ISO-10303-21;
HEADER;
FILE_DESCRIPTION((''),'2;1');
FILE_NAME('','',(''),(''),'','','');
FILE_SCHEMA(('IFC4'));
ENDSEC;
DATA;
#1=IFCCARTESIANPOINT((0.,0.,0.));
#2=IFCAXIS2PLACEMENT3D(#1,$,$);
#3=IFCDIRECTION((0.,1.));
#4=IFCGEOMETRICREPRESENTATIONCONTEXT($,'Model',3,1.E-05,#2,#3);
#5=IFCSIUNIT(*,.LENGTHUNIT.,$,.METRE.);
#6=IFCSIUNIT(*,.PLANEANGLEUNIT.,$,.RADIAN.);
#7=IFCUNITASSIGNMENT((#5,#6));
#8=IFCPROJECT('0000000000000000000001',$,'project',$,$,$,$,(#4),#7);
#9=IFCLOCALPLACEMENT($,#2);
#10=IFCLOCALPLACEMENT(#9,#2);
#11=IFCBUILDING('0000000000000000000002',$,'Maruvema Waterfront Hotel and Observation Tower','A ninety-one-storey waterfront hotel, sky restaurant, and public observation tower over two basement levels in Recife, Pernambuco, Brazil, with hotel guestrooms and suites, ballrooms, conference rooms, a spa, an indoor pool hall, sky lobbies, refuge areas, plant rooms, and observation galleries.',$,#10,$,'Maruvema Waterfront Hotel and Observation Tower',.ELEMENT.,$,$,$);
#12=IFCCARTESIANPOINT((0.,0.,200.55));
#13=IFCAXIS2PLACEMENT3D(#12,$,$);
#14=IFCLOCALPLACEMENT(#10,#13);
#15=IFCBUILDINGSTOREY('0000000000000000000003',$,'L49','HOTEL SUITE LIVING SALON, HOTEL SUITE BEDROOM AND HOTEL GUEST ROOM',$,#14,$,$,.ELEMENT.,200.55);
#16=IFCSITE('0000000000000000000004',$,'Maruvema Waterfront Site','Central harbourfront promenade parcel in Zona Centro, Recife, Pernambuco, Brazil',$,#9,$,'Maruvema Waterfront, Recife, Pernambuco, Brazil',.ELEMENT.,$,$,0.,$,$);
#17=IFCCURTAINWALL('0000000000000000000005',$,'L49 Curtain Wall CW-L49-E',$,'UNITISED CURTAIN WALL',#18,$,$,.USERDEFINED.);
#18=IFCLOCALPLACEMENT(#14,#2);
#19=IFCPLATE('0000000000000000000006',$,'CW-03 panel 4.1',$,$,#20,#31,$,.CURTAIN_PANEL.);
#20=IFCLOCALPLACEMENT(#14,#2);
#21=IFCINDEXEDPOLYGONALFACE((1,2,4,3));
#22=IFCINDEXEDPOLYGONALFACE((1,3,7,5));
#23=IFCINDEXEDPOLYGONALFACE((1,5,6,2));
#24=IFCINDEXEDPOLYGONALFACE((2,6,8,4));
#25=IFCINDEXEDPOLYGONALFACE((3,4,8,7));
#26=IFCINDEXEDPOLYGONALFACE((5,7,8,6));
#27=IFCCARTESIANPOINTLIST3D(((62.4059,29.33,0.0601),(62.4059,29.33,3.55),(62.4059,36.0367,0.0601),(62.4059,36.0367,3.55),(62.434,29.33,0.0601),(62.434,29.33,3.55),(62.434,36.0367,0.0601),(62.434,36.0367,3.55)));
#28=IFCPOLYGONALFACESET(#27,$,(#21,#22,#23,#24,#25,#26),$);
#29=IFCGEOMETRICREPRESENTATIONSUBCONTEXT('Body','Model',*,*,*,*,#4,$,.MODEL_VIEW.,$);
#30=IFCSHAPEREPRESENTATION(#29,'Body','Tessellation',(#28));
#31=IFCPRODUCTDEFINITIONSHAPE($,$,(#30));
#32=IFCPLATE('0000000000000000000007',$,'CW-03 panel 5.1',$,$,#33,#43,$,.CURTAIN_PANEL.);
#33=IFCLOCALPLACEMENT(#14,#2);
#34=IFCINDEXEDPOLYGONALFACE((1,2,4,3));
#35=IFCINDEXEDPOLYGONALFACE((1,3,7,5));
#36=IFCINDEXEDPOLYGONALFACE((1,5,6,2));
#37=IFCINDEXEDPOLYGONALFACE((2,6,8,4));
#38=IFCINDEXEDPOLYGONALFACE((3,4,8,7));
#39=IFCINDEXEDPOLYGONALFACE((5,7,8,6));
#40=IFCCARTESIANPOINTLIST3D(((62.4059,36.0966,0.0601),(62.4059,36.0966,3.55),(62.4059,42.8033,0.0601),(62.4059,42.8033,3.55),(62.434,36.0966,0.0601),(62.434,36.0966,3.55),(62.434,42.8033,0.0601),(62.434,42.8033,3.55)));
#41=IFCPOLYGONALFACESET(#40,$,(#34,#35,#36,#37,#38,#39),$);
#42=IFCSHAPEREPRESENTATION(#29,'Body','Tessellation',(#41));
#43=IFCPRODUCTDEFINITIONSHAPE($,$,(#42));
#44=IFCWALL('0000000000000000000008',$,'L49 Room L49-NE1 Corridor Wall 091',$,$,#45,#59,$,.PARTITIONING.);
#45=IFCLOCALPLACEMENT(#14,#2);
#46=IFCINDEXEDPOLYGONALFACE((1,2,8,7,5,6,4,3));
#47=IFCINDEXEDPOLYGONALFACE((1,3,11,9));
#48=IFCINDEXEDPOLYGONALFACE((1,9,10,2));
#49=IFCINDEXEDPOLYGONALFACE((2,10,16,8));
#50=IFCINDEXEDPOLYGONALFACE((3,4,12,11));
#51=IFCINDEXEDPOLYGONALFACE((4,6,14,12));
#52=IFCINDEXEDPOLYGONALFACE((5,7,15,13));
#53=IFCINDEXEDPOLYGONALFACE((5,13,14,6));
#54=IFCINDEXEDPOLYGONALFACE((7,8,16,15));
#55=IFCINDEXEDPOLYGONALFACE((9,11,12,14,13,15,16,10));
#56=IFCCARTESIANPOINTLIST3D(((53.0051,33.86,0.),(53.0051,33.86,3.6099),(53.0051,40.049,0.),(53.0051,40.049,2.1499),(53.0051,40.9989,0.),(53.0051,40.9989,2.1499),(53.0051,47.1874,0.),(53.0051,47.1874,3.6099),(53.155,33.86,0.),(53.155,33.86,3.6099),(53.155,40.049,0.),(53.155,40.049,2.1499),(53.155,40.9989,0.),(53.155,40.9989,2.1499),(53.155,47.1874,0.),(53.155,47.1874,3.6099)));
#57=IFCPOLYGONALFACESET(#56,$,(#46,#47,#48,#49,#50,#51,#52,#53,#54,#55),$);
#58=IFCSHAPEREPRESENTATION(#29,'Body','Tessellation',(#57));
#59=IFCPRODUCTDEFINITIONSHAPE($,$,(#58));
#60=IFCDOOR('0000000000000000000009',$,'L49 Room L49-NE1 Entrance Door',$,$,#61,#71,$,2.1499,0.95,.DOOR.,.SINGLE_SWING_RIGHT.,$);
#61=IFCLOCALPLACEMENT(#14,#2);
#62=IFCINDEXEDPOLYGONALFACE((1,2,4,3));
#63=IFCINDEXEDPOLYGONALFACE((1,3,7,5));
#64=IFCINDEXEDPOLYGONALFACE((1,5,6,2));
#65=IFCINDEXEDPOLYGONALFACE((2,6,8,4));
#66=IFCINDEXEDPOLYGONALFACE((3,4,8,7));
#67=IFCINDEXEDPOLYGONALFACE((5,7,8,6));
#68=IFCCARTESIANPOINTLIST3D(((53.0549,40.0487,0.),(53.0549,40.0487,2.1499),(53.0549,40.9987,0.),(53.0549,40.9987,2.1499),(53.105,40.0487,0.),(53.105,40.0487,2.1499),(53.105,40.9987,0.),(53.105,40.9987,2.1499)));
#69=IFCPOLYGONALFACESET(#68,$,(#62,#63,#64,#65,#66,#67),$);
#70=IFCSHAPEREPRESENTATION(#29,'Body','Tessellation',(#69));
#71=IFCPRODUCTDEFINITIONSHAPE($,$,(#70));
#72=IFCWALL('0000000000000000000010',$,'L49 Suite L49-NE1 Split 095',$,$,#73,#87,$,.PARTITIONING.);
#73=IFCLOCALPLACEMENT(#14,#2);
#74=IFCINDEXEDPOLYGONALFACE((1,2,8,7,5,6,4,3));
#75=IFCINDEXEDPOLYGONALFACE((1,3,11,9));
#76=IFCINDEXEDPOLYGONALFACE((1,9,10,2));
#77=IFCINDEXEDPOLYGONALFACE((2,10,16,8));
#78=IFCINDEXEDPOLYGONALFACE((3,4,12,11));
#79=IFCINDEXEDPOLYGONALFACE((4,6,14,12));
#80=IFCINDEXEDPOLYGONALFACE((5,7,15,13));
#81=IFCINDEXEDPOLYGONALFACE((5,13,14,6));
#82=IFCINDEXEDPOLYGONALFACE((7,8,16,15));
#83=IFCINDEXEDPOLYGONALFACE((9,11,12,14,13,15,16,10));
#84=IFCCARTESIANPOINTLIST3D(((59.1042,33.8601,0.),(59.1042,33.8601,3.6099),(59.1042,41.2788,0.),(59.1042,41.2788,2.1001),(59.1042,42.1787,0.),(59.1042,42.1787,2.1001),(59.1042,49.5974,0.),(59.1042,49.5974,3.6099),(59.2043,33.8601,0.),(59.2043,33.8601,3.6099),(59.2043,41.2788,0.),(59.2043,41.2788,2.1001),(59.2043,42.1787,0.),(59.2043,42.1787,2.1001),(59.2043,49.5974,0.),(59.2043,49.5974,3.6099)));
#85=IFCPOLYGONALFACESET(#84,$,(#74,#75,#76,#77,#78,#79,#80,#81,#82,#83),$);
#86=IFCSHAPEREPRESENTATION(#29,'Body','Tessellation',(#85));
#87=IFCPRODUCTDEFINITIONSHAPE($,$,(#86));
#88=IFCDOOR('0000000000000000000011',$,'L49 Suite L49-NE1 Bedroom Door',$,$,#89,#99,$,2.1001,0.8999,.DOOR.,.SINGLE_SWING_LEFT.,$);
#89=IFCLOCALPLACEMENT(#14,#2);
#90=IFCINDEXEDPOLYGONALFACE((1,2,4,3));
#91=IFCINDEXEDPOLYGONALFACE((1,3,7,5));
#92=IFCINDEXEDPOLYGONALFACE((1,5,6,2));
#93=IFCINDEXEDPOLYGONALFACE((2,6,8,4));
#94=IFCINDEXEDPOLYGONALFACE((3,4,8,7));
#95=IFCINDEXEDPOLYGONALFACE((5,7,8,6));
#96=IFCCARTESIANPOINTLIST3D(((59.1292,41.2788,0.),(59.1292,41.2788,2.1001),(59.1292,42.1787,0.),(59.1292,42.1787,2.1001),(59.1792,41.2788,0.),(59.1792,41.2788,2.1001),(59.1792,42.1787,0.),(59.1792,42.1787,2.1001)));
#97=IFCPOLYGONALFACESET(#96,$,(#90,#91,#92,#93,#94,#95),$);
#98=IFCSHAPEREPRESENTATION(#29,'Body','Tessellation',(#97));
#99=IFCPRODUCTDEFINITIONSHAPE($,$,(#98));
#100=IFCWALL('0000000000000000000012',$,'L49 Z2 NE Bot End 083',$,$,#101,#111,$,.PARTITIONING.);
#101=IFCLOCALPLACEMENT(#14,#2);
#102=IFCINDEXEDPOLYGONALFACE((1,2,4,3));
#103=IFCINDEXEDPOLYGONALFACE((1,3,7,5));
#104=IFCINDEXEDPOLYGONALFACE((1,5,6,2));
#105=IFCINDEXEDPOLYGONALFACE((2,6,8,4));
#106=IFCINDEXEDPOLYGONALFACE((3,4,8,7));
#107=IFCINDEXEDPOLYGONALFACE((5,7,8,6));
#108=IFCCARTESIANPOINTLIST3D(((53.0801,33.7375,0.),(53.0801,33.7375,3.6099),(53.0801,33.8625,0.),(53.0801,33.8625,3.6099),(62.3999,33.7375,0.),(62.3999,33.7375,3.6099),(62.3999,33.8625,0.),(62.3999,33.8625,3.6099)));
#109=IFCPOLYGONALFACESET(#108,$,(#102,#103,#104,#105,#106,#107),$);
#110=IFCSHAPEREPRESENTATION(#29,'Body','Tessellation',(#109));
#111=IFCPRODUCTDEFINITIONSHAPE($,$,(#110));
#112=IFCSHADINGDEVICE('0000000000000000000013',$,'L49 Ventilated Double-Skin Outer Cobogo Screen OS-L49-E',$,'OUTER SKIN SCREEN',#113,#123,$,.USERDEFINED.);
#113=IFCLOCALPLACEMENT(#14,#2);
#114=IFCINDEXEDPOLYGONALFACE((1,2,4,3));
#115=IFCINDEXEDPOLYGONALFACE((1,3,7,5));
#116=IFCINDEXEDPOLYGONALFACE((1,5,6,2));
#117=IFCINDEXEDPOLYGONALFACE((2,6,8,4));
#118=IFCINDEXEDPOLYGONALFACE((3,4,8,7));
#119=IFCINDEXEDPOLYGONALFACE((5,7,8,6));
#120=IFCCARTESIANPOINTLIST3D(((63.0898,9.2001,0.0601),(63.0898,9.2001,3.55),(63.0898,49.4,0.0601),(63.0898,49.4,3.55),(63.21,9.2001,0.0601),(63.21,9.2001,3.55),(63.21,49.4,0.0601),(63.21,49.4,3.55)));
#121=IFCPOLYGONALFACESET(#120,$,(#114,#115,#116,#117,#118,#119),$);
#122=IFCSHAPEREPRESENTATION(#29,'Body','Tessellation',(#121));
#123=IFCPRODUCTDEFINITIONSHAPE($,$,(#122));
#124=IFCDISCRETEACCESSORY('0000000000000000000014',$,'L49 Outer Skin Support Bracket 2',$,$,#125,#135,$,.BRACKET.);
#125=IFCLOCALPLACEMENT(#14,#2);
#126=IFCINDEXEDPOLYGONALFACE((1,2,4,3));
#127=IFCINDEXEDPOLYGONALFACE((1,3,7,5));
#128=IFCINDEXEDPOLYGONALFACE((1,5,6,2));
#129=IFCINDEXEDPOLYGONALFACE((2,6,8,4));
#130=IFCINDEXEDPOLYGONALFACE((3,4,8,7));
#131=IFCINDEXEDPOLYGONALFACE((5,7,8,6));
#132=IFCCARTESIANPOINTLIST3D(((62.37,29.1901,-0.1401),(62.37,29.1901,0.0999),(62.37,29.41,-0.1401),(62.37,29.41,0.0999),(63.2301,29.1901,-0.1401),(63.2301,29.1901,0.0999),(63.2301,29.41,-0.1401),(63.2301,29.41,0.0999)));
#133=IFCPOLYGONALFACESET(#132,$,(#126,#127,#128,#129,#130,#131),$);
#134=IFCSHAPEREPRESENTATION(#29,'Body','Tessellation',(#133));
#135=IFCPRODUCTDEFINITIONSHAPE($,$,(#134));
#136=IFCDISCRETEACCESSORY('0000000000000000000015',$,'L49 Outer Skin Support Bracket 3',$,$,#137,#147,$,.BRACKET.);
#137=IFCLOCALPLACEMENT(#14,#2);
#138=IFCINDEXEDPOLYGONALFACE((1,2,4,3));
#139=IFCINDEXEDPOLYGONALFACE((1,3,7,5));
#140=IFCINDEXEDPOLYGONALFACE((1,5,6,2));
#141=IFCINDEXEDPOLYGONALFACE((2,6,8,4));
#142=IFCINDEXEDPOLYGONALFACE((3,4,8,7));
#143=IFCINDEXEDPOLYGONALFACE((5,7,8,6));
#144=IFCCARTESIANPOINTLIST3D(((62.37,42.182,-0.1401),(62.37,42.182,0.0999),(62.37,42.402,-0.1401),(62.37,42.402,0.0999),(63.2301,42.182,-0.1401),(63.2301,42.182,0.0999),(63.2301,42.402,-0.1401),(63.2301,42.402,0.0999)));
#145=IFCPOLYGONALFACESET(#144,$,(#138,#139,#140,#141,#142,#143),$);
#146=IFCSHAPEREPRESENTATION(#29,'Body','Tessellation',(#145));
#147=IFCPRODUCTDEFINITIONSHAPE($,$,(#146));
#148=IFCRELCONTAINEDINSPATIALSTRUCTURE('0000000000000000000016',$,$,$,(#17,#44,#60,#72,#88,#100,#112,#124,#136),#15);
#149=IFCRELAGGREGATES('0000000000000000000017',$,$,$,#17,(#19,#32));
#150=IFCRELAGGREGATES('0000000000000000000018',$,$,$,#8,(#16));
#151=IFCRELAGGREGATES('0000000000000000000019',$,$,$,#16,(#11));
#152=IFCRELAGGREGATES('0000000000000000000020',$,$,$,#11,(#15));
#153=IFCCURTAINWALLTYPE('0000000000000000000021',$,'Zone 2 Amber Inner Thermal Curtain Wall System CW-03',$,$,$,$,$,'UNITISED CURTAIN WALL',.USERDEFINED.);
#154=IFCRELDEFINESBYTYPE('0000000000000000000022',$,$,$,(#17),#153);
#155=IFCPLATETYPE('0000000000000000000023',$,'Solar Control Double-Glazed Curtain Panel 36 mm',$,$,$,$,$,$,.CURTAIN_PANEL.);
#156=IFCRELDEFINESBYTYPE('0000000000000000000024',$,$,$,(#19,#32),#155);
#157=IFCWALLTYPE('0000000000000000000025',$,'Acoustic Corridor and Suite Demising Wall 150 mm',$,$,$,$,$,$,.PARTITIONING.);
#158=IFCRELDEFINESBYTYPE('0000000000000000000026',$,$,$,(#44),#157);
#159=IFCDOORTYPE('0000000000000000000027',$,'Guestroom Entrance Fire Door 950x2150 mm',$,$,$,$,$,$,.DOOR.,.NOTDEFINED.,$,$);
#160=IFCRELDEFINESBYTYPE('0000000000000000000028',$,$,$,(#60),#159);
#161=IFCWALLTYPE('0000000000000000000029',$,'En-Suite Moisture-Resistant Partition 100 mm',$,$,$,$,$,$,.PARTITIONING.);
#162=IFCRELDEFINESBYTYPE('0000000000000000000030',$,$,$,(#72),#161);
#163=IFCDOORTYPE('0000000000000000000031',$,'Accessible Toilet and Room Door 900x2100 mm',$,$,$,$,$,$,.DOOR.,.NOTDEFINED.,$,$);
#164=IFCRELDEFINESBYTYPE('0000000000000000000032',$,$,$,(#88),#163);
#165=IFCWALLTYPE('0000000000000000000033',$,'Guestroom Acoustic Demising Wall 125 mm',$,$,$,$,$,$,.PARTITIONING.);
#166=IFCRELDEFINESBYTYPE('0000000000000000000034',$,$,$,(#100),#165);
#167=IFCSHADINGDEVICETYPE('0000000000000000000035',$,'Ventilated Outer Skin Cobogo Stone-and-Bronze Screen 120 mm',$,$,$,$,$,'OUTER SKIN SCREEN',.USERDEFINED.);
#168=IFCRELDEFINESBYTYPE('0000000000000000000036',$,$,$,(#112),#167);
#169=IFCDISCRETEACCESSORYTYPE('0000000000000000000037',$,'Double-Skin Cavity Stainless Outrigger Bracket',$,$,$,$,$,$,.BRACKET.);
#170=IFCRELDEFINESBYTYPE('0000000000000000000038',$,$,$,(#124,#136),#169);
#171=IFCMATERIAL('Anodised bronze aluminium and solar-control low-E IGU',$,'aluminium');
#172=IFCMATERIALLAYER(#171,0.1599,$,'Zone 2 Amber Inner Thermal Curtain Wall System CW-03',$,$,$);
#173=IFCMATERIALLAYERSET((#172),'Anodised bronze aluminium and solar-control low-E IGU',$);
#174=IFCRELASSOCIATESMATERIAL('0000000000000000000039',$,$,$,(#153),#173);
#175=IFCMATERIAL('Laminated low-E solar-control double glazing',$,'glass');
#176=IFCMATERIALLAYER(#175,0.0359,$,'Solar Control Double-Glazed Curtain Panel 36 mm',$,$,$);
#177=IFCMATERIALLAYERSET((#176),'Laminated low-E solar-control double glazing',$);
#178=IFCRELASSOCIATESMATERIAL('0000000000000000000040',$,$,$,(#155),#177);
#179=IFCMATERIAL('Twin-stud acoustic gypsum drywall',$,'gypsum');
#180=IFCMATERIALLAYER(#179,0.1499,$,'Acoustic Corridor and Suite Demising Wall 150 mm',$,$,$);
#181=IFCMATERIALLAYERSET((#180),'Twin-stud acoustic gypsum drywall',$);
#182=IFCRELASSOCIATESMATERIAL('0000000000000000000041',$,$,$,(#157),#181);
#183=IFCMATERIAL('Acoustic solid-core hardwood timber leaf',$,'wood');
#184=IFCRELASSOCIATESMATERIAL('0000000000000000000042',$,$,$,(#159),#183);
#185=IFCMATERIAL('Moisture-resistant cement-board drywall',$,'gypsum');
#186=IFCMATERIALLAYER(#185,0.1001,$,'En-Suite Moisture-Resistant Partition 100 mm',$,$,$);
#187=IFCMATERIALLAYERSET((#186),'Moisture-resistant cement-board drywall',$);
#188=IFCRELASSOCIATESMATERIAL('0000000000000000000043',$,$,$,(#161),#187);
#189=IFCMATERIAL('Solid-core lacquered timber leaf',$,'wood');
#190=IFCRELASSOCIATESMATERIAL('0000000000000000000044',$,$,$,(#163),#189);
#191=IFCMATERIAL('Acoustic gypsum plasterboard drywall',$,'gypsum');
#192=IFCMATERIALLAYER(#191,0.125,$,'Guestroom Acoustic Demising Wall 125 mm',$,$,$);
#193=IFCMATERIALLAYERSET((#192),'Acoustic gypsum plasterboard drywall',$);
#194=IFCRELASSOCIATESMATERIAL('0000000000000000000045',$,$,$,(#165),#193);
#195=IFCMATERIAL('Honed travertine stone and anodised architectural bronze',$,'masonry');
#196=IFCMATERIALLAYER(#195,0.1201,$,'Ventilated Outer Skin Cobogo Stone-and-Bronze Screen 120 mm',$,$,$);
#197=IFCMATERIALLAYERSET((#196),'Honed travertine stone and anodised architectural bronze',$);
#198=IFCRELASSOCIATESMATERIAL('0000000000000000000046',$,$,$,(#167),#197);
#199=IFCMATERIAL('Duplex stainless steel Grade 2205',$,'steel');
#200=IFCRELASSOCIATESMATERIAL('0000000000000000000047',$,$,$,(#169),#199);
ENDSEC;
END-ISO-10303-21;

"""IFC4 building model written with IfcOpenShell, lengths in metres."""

from ifc_helpers import new_model, si_unit, direction, frame, frame_2d, origin, origin_2d, place, context, subcontext, project, spatial, rectangle, extrude, material, layer, layer_set, type_object, element, fill, aggregate, save


model = new_model("IFC4")

# Units and contexts
model_context = context("Model", 3, precision=1e-05, world=origin(), true_north=direction((0.0, 1.0)))
body_context = subcontext(model_context, "Body", "Model", "MODEL_VIEW")
ifc_project = project(units=[si_unit("LENGTHUNIT", "METRE"), si_unit("PLANEANGLEUNIT", "RADIAN")], contexts=[model_context])

# Site, building, storey
site_placement = place(None, origin())
site = spatial("IfcSite", under=ifc_project, at=site_placement, Name="Maruvema Waterfront Site", Description="Central harbourfront promenade parcel in Zona Centro, Recife, Pernambuco, Brazil", LongName="Maruvema Waterfront, Recife, Pernambuco, Brazil", CompositionType="ELEMENT", RefElevation=0.0)
building_placement = place(site_placement, origin())
building = spatial("IfcBuilding", under=site, at=building_placement, Name="Maruvema Waterfront Hotel and Observation Tower", Description="A ninety-one-storey waterfront hotel, sky restaurant, and public observation tower over two basement levels in Recife, Pernambuco, Brazil, with hotel guestrooms and suites, ballrooms, conference rooms, a spa, an indoor pool hall, sky lobbies, refuge areas, plant rooms, and observation galleries.", LongName="Maruvema Waterfront Hotel and Observation Tower", CompositionType="ELEMENT")
storey_placement = place(building_placement, frame((0.0, 0.0, 200.55)))
storey = spatial("IfcBuildingStorey", under=building, at=storey_placement, Name="L49", Description="HOTEL SUITE LIVING SALON, HOTEL SUITE BEDROOM AND HOTEL GUEST ROOM", CompositionType="ELEMENT", Elevation=200.55)

# Curtain wall
ifc_material_1 = material(Name="Anodised bronze aluminium and solar-control low-E IGU", Category="aluminium")
ifc_layer_1 = layer(ifc_material_1, 0.1599, Name="Zone 2 Amber Inner Thermal Curtain Wall System CW-03")
ifc_layer_set_1 = layer_set([ifc_layer_1], Name="Anodised bronze aluminium and solar-control low-E IGU")
curtain_wall_type = type_object("IfcCurtainWallType", Name="Zone 2 Amber Inner Thermal Curtain Wall System CW-03", ElementType="UNITISED CURTAIN WALL", PredefinedType="USERDEFINED", material=ifc_layer_set_1)
curtain_wall_placement = place(storey_placement, origin())
curtain_wall = element("IfcCurtainWall", 1, at=curtain_wall_placement, inside=storey, type_object=curtain_wall_type, Name="L49 Curtain Wall CW-L49-E", ObjectType="UNITISED CURTAIN WALL", PredefinedType="USERDEFINED")

# Plates
ifc_material_2 = material(Name="Laminated low-E solar-control double glazing", Category="glass")
ifc_layer_2 = layer(ifc_material_2, 0.0359, Name="Solar Control Double-Glazed Curtain Panel 36 mm")
ifc_layer_set_2 = layer_set([ifc_layer_2], Name="Laminated low-E solar-control double glazing")
plate_type = type_object("IfcPlateType", Name="Solar Control Double-Glazed Curtain Panel 36 mm", PredefinedType="CURTAIN_PANEL", material=ifc_layer_set_2)
plate_1_placement = place(storey_placement, frame((62.4199, 32.6833, 0.0601), z_axis=(0.0, 0.0, 1.0), x_axis=(0.0, 1.0, 0.0)))
plate_1 = element("IfcPlate", 2, at=plate_1_placement, type_object=plate_type, Name="CW-03 panel 4.1", PredefinedType="CURTAIN_PANEL", context=body_context, shape_type="SweptSolid", body=[
    extrude(rectangle(XDim=6.7068, YDim=0.0281, at=origin_2d()), origin(), (0.0, 0.0, 1.0), 3.49),
])
plate_2_placement = place(storey_placement, frame((62.4199, 39.45, 0.0601), z_axis=(0.0, 0.0, 1.0), x_axis=(0.0, 1.0, 0.0)))
plate_2 = element("IfcPlate", 3, at=plate_2_placement, type_object=plate_type, Name="CW-03 panel 5.1", PredefinedType="CURTAIN_PANEL", context=body_context, shape_type="SweptSolid", body=[
    extrude(rectangle(XDim=6.7068, YDim=0.0281, at=origin_2d()), origin(), (0.0, 0.0, 1.0), 3.49),
])
aggregate(curtain_wall, [plate_1, plate_2])

# Walls, openings, doors
ifc_material_3 = material(Name="Twin-stud acoustic gypsum drywall", Category="gypsum")
ifc_layer_3 = layer(ifc_material_3, 0.1499, Name="Acoustic Corridor and Suite Demising Wall 150 mm")
ifc_layer_set_3 = layer_set([ifc_layer_3], Name="Twin-stud acoustic gypsum drywall")
wall_type_1 = type_object("IfcWallType", Name="Acoustic Corridor and Suite Demising Wall 150 mm", PredefinedType="PARTITIONING", material=ifc_layer_set_3)
wall_1_placement = place(storey_placement, frame((53.0801, 33.8601, 0.0), z_axis=(0.0, 0.0, 1.0), x_axis=(0.0, 1.0, 0.0)))
wall_1 = element("IfcWall", 4, at=wall_1_placement, inside=storey, type_object=wall_type_1, Name="L49 Room L49-NE1 Corridor Wall 091", PredefinedType="PARTITIONING", context=body_context, shape_type="SweptSolid", body=[
    extrude(rectangle(XDim=13.3274, YDim=0.1499, at=frame_2d((6.6636, 0.0))), origin(), (0.0, 0.0, 1.0), 3.6099),
])
opening_1_placement = place(wall_1_placement, frame((6.1887, 0.0, 0.0)))
opening_1 = element("IfcOpeningElement", 5, at=opening_1_placement, cuts=wall_1, PredefinedType="OPENING", context=body_context, shape_type="SweptSolid", body=[
    extrude(rectangle(XDim=0.95, YDim=2.1499, at=frame_2d((0.4751, 1.075))), frame((0.0, 0.085, 0.0), z_axis=(0.0, -1.0, 0.0), x_axis=(1.0, 0.0, 0.0)), (0.0, 0.0, 1.0), 0.1699),
])
ifc_material_4 = material(Name="Acoustic solid-core hardwood timber leaf", Category="wood")
door_type_1 = type_object("IfcDoorType", Name="Guestroom Entrance Fire Door 950x2150 mm", OperationType="NOTDEFINED", PredefinedType="DOOR", material=ifc_material_4)
door_1_placement = place(opening_1_placement, frame((0.95, 0.0, 0.0), z_axis=(0.0, 0.0, 1.0), x_axis=(-1.0, 0.0, 0.0)))
door_1 = element("IfcDoor", 6, at=door_1_placement, inside=storey, type_object=door_type_1, Name="L49 Room L49-NE1 Entrance Door", OperationType="SINGLE_SWING_RIGHT", OverallHeight=2.1499, OverallWidth=0.95, PredefinedType="DOOR", context=body_context, shape_type="SweptSolid", body=[
    extrude(rectangle(XDim=0.95, YDim=2.1499, at=frame_2d((0.4751, 1.075))), frame((0.0, 0.0249, 0.0), z_axis=(0.0, -1.0, 0.0), x_axis=(1.0, 0.0, 0.0)), (0.0, 0.0, 1.0), 0.05),
])
fill(opening_1, door_1)
ifc_material_5 = material(Name="Moisture-resistant cement-board drywall", Category="gypsum")
ifc_layer_4 = layer(ifc_material_5, 0.1001, Name="En-Suite Moisture-Resistant Partition 100 mm")
ifc_layer_set_4 = layer_set([ifc_layer_4], Name="Moisture-resistant cement-board drywall")
wall_type_2 = type_object("IfcWallType", Name="En-Suite Moisture-Resistant Partition 100 mm", PredefinedType="PARTITIONING", material=ifc_layer_set_4)
wall_2_placement = place(storey_placement, frame((59.1543, 33.8601, 0.0), z_axis=(0.0, 0.0, 1.0), x_axis=(0.0, 1.0, 0.0)))
wall_2 = element("IfcWall", 7, at=wall_2_placement, inside=storey, type_object=wall_type_2, Name="L49 Suite L49-NE1 Split 095", PredefinedType="PARTITIONING", context=body_context, shape_type="SweptSolid", body=[
    extrude(rectangle(XDim=15.7373, YDim=0.1001, at=frame_2d((7.8687, 0.0))), origin(), (0.0, 0.0, 1.0), 3.6099),
])
opening_2_placement = place(wall_2_placement, frame((7.4187, 0.0, 0.0)))
opening_2 = element("IfcOpeningElement", 8, at=opening_2_placement, cuts=wall_2, PredefinedType="OPENING", context=body_context, shape_type="SweptSolid", body=[
    extrude(rectangle(XDim=0.8999, YDim=2.1001, at=frame_2d((0.45, 1.05))), frame((0.0, 0.0601, 0.0), z_axis=(0.0, -1.0, 0.0), x_axis=(1.0, 0.0, 0.0)), (0.0, 0.0, 1.0), 0.1201),
])
ifc_material_6 = material(Name="Solid-core lacquered timber leaf", Category="wood")
door_type_2 = type_object("IfcDoorType", Name="Accessible Toilet and Room Door 900x2100 mm", OperationType="NOTDEFINED", PredefinedType="DOOR", material=ifc_material_6)
door_2_placement = place(opening_2_placement, frame((0.8999, 0.0, 0.0), z_axis=(0.0, 0.0, 1.0), x_axis=(-1.0, 0.0, 0.0)))
door_2 = element("IfcDoor", 9, at=door_2_placement, inside=storey, type_object=door_type_2, Name="L49 Suite L49-NE1 Bedroom Door", OperationType="SINGLE_SWING_LEFT", OverallHeight=2.1001, OverallWidth=0.8999, PredefinedType="DOOR", context=body_context, shape_type="SweptSolid", body=[
    extrude(rectangle(XDim=0.8999, YDim=2.1001, at=frame_2d((0.45, 1.05))), frame((0.0, 0.0249, 0.0), z_axis=(0.0, -1.0, 0.0), x_axis=(1.0, 0.0, 0.0)), (0.0, 0.0, 1.0), 0.05),
])
fill(opening_2, door_2)

# Wall
ifc_material_7 = material(Name="Acoustic gypsum plasterboard drywall", Category="gypsum")
ifc_layer_5 = layer(ifc_material_7, 0.125, Name="Guestroom Acoustic Demising Wall 125 mm")
ifc_layer_set_5 = layer_set([ifc_layer_5], Name="Acoustic gypsum plasterboard drywall")
wall_type_3 = type_object("IfcWallType", Name="Guestroom Acoustic Demising Wall 125 mm", PredefinedType="PARTITIONING", material=ifc_layer_set_5)
wall_3_placement = place(storey_placement, frame((53.0801, 33.8, 0.0), z_axis=(0.0, 0.0, 1.0), x_axis=(1.0, 0.0, 0.0)))
element("IfcWall", 10, at=wall_3_placement, inside=storey, type_object=wall_type_3, Name="L49 Z2 NE Bot End 083", PredefinedType="PARTITIONING", context=body_context, shape_type="SweptSolid", body=[
    extrude(rectangle(XDim=9.3198, YDim=0.125, at=frame_2d((4.6599, 0.0))), origin(), (0.0, 0.0, 1.0), 3.6099),
])

# Shading device
ifc_material_8 = material(Name="Honed travertine stone and anodised architectural bronze", Category="masonry")
ifc_layer_6 = layer(ifc_material_8, 0.1201, Name="Ventilated Outer Skin Cobogo Stone-and-Bronze Screen 120 mm")
ifc_layer_set_6 = layer_set([ifc_layer_6], Name="Honed travertine stone and anodised architectural bronze")
shading_device_type = type_object("IfcShadingDeviceType", Name="Ventilated Outer Skin Cobogo Stone-and-Bronze Screen 120 mm", ElementType="OUTER SKIN SCREEN", PredefinedType="USERDEFINED", material=ifc_layer_set_6)
shading_device_placement = place(storey_placement, frame((63.1499, 29.3, 0.0601), z_axis=(0.0, 0.0, 1.0), x_axis=(0.0, 1.0, 0.0)))
element("IfcShadingDevice", 11, at=shading_device_placement, inside=storey, type_object=shading_device_type, Name="L49 Ventilated Double-Skin Outer Cobogo Screen OS-L49-E", ObjectType="OUTER SKIN SCREEN", PredefinedType="USERDEFINED", context=body_context, shape_type="SweptSolid", body=[
    extrude(rectangle(XDim=40.2, YDim=0.1201, at=origin_2d()), origin(), (0.0, 0.0, 1.0), 3.49),
])

# Discrete accessories
ifc_material_9 = material(Name="Duplex stainless steel Grade 2205", Category="steel")
discrete_accessory_type = type_object("IfcDiscreteAccessoryType", Name="Double-Skin Cavity Stainless Outrigger Bracket", PredefinedType="BRACKET", material=ifc_material_9)
for number, where, z_axis, x_axis, name in (
    (12, (62.8, 29.3, -0.1401), (0.0, 0.0, 1.0), (0.0, 1.0, 0.0), "L49 Outer Skin Support Bracket 2"),
    (13, (62.8, 42.292, -0.1401), (0.0, 0.0, 1.0), (0.0, 1.0, 0.0), "L49 Outer Skin Support Bracket 3"),
):
    element("IfcDiscreteAccessory", number, at=place(storey_placement, frame(where, z_axis=z_axis, x_axis=x_axis)), inside=storey, type_object=discrete_accessory_type, Name=name, PredefinedType="BRACKET", context=body_context, shape_type="SweptSolid", body=[
        extrude(rectangle(XDim=0.22, YDim=0.8601, at=origin_2d()), origin(), (0.0, 0.0, 1.0), 0.24),
    ])

save(model, "model.ifc")
